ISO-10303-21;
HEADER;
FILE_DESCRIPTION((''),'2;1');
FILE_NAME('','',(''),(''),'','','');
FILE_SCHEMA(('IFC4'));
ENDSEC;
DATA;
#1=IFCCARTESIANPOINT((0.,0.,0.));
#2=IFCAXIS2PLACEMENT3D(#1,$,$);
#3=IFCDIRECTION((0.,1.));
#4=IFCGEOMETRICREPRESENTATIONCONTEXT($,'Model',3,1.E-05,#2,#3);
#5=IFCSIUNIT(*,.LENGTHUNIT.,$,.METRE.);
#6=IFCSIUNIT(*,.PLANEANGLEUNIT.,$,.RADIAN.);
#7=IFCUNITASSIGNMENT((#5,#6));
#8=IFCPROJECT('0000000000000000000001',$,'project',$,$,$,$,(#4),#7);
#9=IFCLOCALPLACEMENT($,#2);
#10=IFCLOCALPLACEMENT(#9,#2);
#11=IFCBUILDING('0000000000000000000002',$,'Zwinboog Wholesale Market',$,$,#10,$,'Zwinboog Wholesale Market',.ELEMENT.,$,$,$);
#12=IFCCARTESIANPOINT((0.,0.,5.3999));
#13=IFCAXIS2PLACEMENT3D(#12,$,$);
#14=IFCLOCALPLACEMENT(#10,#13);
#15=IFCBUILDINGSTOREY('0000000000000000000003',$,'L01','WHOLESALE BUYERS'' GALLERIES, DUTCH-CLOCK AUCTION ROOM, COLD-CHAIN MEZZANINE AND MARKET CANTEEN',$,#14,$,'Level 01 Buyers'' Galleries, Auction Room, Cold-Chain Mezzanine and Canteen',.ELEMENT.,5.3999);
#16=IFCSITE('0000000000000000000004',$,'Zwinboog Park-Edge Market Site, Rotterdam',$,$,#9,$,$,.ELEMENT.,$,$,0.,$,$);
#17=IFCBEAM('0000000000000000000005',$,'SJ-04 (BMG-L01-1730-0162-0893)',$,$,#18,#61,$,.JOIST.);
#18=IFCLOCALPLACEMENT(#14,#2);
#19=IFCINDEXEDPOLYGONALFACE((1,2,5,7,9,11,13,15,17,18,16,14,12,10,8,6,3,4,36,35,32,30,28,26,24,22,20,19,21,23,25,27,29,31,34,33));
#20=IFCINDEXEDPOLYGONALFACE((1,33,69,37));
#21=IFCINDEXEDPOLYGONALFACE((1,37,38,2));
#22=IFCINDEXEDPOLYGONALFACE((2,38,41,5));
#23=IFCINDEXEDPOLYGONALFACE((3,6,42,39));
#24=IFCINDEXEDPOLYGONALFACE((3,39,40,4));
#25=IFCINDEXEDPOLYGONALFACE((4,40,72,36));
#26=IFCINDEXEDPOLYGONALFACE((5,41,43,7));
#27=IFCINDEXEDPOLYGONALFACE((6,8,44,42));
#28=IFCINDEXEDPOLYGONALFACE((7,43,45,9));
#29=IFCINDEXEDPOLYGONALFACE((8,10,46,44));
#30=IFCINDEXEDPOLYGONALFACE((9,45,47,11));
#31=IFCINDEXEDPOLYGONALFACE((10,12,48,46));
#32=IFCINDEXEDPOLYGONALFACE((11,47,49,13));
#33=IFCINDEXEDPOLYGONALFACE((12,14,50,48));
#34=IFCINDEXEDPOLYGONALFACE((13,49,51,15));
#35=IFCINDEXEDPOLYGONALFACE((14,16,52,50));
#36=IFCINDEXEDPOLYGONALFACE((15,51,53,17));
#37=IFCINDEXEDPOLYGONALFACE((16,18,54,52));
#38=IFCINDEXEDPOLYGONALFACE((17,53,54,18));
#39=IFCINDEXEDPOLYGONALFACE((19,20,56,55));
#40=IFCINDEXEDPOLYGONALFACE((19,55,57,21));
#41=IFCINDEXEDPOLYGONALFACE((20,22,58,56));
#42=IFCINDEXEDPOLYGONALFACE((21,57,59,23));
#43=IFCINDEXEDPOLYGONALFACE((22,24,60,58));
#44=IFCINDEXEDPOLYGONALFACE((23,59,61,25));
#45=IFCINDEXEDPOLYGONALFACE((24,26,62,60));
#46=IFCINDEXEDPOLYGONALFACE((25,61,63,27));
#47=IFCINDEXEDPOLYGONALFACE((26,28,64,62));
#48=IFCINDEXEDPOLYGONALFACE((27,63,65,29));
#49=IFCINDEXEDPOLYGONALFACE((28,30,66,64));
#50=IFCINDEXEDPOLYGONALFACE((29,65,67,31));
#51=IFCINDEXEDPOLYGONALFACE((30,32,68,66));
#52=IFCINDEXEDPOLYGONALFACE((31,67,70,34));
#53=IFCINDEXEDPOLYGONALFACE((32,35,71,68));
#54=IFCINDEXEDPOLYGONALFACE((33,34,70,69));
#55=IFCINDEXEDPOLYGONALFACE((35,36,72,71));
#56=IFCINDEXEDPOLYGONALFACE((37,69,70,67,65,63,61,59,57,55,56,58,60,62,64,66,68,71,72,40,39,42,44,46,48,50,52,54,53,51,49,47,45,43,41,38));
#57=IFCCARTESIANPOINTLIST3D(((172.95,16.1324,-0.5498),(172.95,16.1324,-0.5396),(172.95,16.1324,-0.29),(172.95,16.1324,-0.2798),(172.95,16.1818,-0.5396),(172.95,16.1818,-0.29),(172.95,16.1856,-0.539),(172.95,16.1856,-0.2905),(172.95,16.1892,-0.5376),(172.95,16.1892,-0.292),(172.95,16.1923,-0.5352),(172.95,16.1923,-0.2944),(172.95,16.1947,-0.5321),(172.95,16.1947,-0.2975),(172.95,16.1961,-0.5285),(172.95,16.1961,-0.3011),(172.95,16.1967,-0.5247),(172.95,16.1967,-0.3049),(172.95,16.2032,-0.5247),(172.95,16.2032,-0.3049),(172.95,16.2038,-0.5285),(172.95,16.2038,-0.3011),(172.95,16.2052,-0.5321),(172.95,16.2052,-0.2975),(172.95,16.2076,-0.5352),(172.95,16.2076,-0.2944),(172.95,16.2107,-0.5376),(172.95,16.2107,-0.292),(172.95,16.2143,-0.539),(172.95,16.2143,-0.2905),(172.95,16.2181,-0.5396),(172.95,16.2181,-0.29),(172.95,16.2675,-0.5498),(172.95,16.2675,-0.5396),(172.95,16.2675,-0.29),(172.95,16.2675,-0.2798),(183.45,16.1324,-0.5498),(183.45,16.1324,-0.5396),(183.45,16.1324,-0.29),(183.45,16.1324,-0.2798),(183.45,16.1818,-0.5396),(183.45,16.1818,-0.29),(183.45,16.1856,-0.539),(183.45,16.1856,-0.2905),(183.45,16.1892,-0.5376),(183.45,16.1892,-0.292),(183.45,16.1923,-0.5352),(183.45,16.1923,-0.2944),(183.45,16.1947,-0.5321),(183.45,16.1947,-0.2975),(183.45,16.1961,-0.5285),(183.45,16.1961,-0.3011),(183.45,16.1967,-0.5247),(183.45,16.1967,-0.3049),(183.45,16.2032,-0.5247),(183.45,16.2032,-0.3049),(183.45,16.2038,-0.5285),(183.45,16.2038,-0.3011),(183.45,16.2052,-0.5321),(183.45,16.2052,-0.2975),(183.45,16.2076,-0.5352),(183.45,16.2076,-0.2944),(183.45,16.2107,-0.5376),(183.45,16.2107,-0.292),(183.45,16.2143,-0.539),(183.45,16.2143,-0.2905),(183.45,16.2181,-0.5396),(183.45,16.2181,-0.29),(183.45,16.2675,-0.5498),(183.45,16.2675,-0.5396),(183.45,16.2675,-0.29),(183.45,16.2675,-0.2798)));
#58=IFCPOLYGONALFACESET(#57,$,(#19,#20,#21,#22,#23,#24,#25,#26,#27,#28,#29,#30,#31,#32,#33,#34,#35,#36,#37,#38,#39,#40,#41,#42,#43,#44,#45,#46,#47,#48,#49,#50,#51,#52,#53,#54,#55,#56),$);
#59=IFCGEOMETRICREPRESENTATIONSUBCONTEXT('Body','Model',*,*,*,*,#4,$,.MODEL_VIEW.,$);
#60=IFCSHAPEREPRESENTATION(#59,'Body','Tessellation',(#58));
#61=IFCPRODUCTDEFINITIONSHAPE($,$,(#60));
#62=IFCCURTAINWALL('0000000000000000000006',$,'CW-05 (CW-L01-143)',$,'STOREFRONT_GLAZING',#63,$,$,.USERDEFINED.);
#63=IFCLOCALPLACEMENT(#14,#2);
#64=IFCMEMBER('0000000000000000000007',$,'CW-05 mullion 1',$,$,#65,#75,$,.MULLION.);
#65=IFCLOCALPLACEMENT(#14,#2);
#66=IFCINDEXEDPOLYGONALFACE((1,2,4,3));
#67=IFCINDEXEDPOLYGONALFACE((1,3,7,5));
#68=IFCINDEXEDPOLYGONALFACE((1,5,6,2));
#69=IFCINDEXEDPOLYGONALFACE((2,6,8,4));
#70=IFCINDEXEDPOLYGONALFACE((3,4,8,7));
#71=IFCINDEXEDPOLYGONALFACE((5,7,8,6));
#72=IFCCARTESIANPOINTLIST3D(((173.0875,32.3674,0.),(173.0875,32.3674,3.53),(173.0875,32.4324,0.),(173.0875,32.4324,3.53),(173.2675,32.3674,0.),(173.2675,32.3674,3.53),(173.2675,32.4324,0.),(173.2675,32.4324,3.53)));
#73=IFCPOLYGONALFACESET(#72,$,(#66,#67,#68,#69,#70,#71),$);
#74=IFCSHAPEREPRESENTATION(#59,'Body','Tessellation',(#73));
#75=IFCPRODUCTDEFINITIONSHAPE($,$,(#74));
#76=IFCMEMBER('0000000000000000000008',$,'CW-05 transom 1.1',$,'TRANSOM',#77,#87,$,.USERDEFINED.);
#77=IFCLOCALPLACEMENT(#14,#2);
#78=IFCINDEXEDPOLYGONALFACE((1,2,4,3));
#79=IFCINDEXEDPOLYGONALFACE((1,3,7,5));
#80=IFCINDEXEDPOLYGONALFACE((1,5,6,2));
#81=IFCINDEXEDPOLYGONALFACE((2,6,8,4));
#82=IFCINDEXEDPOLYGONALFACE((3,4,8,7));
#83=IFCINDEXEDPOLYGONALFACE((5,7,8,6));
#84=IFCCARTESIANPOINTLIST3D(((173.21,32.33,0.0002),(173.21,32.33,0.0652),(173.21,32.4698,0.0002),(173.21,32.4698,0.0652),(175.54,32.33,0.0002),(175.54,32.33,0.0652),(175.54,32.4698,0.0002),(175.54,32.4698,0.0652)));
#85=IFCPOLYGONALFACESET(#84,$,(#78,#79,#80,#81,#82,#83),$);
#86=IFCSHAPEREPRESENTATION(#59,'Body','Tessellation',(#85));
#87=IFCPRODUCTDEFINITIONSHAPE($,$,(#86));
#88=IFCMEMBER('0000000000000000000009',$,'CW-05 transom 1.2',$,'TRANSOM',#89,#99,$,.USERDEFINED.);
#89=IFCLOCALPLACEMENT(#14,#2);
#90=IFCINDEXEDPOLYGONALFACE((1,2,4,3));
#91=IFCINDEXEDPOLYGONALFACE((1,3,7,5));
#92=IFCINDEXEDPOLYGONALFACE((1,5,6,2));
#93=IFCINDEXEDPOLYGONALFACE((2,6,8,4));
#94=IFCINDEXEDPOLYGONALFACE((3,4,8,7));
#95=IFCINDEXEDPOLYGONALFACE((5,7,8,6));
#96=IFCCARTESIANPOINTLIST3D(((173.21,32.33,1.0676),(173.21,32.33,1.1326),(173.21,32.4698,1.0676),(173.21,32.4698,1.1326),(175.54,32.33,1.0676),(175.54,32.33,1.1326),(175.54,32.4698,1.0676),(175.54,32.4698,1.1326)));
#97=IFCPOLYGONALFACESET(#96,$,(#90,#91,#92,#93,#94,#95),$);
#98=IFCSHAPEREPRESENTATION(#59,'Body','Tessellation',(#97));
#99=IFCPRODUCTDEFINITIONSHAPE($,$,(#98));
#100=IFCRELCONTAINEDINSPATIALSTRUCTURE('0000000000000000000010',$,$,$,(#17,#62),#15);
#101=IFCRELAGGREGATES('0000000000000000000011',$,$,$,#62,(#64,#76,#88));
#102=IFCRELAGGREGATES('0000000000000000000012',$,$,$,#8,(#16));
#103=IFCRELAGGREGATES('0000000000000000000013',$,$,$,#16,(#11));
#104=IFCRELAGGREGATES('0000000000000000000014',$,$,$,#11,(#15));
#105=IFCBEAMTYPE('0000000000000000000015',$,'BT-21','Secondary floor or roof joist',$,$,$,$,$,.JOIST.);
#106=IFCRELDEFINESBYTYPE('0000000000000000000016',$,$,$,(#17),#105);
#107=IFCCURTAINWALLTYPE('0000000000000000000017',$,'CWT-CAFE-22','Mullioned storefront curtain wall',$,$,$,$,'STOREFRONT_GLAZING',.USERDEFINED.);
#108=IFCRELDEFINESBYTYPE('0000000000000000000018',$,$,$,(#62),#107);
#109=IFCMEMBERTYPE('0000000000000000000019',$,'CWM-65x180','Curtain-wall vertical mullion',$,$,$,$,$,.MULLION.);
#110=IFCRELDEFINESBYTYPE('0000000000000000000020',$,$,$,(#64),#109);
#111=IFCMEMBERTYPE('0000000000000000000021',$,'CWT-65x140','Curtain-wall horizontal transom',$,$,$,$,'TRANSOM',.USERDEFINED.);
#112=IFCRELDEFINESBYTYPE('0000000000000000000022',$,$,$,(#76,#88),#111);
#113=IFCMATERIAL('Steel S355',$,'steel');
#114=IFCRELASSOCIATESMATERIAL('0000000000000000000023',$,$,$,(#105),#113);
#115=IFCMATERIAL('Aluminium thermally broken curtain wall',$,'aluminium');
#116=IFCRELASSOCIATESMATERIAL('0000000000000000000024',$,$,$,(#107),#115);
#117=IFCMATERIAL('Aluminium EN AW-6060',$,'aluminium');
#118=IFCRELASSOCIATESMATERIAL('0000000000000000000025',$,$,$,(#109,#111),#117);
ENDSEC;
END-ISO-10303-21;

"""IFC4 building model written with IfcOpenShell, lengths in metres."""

from ifc_helpers import new_model, si_unit, direction, frame, origin, origin_2d, place, context, subcontext, project, spatial, rectangle, i_section, extrude, material, material_profile, profile_set, type_object, element, aggregate, save


model = new_model("IFC4")

# Units and contexts
model_context = context("Model", 3, precision=1e-05, world=origin(), true_north=direction((0.0, 1.0)))
body_context = subcontext(model_context, "Body", "Model", "MODEL_VIEW")
ifc_project = project(units=[si_unit("LENGTHUNIT", "METRE"), si_unit("PLANEANGLEUNIT", "RADIAN")], contexts=[model_context])

# Site, building, storey
site_placement = place(None, origin())
site = spatial("IfcSite", under=ifc_project, at=site_placement, Name="Zwinboog Park-Edge Market Site, Rotterdam", CompositionType="ELEMENT", RefElevation=0.0)
building_placement = place(site_placement, origin())
building = spatial("IfcBuilding", under=site, at=building_placement, Name="Zwinboog Wholesale Market", LongName="Zwinboog Wholesale Market", CompositionType="ELEMENT")
storey_placement = place(building_placement, frame((0.0, 0.0, 5.3999)))
storey = spatial("IfcBuildingStorey", under=building, at=storey_placement, Name="L01", Description="WHOLESALE BUYERS' GALLERIES, DUTCH-CLOCK AUCTION ROOM, COLD-CHAIN MEZZANINE AND MARKET CANTEEN", LongName="Level 01 Buyers' Galleries, Auction Room, Cold-Chain Mezzanine and Canteen", CompositionType="ELEMENT", Elevation=5.3999)

# Beam
ifc_material_1 = material(Name="Steel S355", Category="steel")
ifc_material_profile_1 = material_profile(ifc_material_1, i_section(OverallWidth=0.135, OverallDepth=0.27, WebThickness=0.0066, FlangeThickness=0.0103, FilletRadius=0.0149, at=origin_2d()), Name="IPE 270")
ifc_profile_set_1 = profile_set([ifc_material_profile_1], Name="Steel S355")
beam_type_1 = type_object("IfcBeamType", Name="BT-21", Description="Secondary floor or roof joist", PredefinedType="JOIST", material=ifc_profile_set_1)
beam_1_placement = place(storey_placement, frame((172.95, 16.2, -0.4148), z_axis=(1.0, 0.0, 0.0), x_axis=(0.0, 1.0, 0.0)))
element("IfcBeam", 1, at=beam_1_placement, inside=storey, type_object=beam_type_1, Name="SJ-04 (BMG-L01-1730-0162-0893)", PredefinedType="JOIST", context=body_context, shape_type="SweptSolid", body=[
    extrude(i_section(OverallWidth=0.135, OverallDepth=0.27, WebThickness=0.0066, FlangeThickness=0.0103, FilletRadius=0.0149, at=origin_2d()), origin(), (0.0, 0.0, 1.0), 10.5),
])

# Curtain wall, members
ifc_material_2 = material(Name="Aluminium thermally broken curtain wall", Category="aluminium")
curtain_wall_type = type_object("IfcCurtainWallType", Name="CWT-CAFE-22", Description="Mullioned storefront curtain wall", ElementType="STOREFRONT_GLAZING", PredefinedType="USERDEFINED", material=ifc_material_2)
curtain_wall_placement = place(storey_placement, origin())
curtain_wall = element("IfcCurtainWall", 2, at=curtain_wall_placement, inside=storey, type_object=curtain_wall_type, Name="CW-05 (CW-L01-143)", ObjectType="STOREFRONT_GLAZING", PredefinedType="USERDEFINED")
ifc_material_3 = material(Name="Aluminium EN AW-6060", Category="aluminium")
ifc_material_profile_2 = material_profile(ifc_material_3, rectangle(XDim=0.0649, YDim=0.1799, at=origin_2d()), Name="AL 65x180")
ifc_profile_set_2 = profile_set([ifc_material_profile_2], Name="Aluminium EN AW-6060")
member_type_1 = type_object("IfcMemberType", Name="CWM-65x180", Description="Curtain-wall vertical mullion", PredefinedType="MULLION", material=ifc_profile_set_2)
member_1_placement = place(storey_placement, frame((173.1775, 32.3999, 0.0), z_axis=(0.0, 0.0, 1.0), x_axis=(0.0, 1.0, 0.0)))
member_1 = element("IfcMember", 3, at=member_1_placement, type_object=member_type_1, Name="CW-05 mullion 1", PredefinedType="MULLION", context=body_context, shape_type="SweptSolid", body=[
    extrude(rectangle(XDim=0.0649, YDim=0.1799, at=origin_2d()), origin(), (0.0, 0.0, 1.0), 3.53),
])
ifc_material_profile_3 = material_profile(ifc_material_3, rectangle(XDim=0.1399, YDim=0.0649, at=origin_2d()), Name="AL 65x140")
ifc_profile_set_3 = profile_set([ifc_material_profile_3], Name="Aluminium EN AW-6060")
member_type_2 = type_object("IfcMemberType", Name="CWT-65x140", Description="Curtain-wall horizontal transom", ElementType="TRANSOM", PredefinedType="USERDEFINED", material=ifc_profile_set_3)
member_2_placement = place(storey_placement, frame((173.21, 32.3999, 0.0327), z_axis=(1.0, 0.0, 0.0), x_axis=(0.0, 1.0, 0.0)))
member_2 = element("IfcMember", 4, at=member_2_placement, type_object=member_type_2, Name="CW-05 transom 1.1", ObjectType="TRANSOM", PredefinedType="USERDEFINED", context=body_context, shape_type="SweptSolid", body=[
    extrude(rectangle(XDim=0.1399, YDim=0.0649, at=origin_2d()), origin(), (0.0, 0.0, 1.0), 2.3301),
])
member_3_placement = place(storey_placement, frame((173.21, 32.3999, 1.1001), z_axis=(1.0, 0.0, 0.0), x_axis=(0.0, 1.0, 0.0)))
member_3 = element("IfcMember", 5, at=member_3_placement, type_object=member_type_2, Name="CW-05 transom 1.2", ObjectType="TRANSOM", PredefinedType="USERDEFINED", context=body_context, shape_type="SweptSolid", body=[
    extrude(rectangle(XDim=0.1399, YDim=0.0649, at=origin_2d()), origin(), (0.0, 0.0, 1.0), 2.3301),
])
aggregate(curtain_wall, [member_1, member_2, member_3])

save(model, "model.ifc")
